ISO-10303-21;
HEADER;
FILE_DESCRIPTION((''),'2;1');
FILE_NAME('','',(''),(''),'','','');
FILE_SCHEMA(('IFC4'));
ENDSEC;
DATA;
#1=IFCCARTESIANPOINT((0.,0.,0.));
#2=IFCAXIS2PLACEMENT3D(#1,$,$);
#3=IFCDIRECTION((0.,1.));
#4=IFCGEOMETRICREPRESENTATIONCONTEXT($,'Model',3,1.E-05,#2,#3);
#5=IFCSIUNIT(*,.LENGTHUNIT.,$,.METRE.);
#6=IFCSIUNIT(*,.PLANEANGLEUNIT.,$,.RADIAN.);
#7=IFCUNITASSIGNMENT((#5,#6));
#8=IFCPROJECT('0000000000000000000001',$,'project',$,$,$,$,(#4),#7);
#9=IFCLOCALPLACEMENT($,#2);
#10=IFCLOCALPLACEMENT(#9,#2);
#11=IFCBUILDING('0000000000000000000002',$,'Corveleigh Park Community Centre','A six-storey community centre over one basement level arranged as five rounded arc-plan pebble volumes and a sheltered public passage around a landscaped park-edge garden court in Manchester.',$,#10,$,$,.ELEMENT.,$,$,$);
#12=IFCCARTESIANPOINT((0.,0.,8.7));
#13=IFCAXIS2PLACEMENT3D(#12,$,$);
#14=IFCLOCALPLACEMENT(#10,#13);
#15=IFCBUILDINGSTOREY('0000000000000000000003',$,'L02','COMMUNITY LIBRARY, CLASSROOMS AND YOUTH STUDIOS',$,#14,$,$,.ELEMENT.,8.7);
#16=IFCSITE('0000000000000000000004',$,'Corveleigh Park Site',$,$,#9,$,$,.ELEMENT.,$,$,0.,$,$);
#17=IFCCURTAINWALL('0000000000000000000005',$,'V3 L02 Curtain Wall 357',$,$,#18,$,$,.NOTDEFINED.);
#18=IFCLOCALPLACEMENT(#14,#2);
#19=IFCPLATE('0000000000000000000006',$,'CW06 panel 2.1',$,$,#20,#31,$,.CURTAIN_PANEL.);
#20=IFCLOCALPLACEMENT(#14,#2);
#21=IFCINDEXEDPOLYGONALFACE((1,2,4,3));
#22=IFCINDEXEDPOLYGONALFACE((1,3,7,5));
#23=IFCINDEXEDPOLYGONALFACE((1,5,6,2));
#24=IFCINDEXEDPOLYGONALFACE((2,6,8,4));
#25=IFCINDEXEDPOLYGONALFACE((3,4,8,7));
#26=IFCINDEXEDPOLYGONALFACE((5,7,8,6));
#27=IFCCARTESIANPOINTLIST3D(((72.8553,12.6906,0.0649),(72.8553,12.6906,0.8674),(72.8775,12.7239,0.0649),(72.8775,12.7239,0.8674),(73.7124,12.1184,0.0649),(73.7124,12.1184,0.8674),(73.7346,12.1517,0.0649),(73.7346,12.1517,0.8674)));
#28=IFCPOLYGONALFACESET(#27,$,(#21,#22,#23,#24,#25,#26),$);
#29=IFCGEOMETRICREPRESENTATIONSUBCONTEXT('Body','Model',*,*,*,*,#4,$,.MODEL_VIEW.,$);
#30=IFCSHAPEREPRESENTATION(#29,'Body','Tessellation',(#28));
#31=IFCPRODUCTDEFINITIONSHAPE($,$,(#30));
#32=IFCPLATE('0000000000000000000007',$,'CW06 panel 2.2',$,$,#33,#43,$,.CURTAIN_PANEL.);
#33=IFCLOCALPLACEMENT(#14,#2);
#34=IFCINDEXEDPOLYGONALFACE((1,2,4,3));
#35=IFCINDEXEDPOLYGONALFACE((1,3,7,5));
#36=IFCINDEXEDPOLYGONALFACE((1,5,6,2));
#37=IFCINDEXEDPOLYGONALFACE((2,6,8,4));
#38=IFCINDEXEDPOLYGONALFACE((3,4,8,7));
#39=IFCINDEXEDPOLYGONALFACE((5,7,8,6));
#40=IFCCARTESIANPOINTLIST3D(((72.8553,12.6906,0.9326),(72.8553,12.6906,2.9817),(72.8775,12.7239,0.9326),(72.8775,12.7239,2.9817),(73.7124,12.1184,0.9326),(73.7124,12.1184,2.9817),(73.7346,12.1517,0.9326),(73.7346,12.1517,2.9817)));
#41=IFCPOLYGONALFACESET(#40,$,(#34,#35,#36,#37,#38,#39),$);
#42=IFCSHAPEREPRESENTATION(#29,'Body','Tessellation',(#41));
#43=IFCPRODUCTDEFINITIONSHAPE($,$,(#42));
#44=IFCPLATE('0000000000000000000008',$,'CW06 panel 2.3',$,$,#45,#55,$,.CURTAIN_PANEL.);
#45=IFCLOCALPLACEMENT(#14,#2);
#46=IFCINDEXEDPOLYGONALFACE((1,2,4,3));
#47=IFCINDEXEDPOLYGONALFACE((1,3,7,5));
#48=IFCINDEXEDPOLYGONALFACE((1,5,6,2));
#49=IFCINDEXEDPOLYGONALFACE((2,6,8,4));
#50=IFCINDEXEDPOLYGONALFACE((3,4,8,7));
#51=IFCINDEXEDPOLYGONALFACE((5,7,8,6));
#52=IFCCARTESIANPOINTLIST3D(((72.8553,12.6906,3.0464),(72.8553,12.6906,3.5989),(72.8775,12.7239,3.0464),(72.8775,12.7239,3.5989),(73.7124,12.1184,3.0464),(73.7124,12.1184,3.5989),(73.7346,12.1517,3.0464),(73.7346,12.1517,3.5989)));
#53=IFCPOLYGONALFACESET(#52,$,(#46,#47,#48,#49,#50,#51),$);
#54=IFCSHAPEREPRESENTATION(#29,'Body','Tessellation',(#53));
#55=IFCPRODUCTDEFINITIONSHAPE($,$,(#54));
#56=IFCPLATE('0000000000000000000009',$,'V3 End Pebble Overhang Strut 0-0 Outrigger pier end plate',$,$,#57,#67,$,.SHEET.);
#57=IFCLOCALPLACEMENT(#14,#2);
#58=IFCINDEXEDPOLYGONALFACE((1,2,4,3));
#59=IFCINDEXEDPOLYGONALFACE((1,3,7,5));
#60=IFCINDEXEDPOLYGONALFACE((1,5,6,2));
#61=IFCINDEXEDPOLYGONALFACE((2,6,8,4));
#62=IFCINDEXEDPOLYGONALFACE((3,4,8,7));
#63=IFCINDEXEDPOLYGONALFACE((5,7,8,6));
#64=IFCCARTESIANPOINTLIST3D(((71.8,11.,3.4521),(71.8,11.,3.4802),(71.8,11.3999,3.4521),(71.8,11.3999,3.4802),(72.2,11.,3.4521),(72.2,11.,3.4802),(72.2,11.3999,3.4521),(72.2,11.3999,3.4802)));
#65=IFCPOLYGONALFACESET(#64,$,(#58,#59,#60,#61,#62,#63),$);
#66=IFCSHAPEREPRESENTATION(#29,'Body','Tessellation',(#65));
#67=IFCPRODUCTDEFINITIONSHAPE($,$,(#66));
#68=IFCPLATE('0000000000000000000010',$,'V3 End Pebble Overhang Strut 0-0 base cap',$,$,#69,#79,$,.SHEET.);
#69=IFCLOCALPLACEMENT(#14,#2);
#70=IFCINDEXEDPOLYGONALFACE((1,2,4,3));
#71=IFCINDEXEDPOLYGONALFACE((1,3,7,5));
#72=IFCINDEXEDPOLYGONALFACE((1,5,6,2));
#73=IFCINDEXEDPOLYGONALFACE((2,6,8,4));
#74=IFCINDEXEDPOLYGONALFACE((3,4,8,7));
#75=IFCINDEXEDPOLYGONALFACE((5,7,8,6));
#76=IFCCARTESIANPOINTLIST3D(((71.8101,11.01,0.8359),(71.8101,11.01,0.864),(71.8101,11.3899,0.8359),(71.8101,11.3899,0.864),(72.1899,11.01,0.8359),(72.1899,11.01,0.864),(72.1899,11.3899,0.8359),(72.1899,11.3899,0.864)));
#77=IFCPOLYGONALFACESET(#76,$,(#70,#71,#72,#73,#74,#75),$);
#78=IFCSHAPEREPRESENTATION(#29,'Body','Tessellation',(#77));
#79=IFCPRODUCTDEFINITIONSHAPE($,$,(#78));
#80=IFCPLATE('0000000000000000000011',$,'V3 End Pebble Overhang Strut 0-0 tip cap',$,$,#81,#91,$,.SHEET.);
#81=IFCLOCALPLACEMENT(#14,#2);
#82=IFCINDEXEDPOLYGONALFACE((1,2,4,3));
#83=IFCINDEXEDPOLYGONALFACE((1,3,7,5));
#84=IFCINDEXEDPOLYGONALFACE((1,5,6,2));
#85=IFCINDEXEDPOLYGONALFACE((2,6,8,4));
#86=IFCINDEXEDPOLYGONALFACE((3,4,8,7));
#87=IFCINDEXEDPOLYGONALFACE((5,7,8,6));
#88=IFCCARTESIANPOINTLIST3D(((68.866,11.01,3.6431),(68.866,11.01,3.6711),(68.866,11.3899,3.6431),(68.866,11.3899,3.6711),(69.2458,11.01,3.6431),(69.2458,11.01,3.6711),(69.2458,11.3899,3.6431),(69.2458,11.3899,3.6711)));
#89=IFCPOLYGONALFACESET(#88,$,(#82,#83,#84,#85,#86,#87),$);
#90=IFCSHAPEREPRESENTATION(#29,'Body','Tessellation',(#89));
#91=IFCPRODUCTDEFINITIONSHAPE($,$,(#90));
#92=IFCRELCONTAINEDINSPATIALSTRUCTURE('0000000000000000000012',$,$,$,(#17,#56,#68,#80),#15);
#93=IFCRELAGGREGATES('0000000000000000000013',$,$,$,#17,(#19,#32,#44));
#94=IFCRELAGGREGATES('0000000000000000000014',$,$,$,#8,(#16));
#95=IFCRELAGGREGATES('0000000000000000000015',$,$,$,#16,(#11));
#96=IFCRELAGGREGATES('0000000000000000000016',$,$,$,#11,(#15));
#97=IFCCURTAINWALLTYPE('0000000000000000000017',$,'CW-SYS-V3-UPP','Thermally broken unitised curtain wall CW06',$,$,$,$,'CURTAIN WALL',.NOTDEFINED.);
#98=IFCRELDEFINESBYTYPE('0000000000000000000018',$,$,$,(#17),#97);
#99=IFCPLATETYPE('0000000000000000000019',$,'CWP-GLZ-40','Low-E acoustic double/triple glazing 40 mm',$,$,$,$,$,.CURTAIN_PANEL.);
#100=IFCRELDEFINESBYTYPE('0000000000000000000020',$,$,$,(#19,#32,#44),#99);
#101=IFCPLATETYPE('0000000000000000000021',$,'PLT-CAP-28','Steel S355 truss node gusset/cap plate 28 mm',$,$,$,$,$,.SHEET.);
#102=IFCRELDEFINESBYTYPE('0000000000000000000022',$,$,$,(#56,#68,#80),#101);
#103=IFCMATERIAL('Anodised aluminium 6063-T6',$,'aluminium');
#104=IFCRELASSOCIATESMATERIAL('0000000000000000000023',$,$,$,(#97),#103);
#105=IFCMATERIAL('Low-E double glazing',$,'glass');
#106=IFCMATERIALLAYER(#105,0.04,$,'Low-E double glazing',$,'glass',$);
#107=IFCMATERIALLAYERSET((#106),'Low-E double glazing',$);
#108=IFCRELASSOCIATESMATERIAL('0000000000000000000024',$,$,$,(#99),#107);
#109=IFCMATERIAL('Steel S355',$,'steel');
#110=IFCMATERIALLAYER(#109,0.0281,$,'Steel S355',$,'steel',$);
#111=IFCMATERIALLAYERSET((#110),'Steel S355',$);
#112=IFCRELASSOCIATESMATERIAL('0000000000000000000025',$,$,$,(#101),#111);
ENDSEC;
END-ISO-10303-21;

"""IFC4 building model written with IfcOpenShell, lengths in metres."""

from ifc_helpers import new_model, si_unit, direction, frame, origin, origin_2d, place, context, subcontext, project, spatial, rectangle, extrude, material, layer, layer_set, type_object, element, aggregate, save


model = new_model("IFC4")

# Units and contexts
model_context = context("Model", 3, precision=1e-05, world=origin(), true_north=direction((0.0, 1.0)))
body_context = subcontext(model_context, "Body", "Model", "MODEL_VIEW")
ifc_project = project(units=[si_unit("LENGTHUNIT", "METRE"), si_unit("PLANEANGLEUNIT", "RADIAN")], contexts=[model_context])

# Site, building, storey
site_placement = place(None, origin())
site = spatial("IfcSite", under=ifc_project, at=site_placement, Name="Corveleigh Park Site", CompositionType="ELEMENT", RefElevation=0.0)
building_placement = place(site_placement, origin())
building = spatial("IfcBuilding", under=site, at=building_placement, Name="Corveleigh Park Community Centre", Description="A six-storey community centre over one basement level arranged as five rounded arc-plan pebble volumes and a sheltered public passage around a landscaped park-edge garden court in Manchester.", CompositionType="ELEMENT")
storey_placement = place(building_placement, frame((0.0, 0.0, 8.7)))
storey = spatial("IfcBuildingStorey", under=building, at=storey_placement, Name="L02", Description="COMMUNITY LIBRARY, CLASSROOMS AND YOUTH STUDIOS", CompositionType="ELEMENT", Elevation=8.7)

# Shared definitions
ifc_material_1 = material(Name="Steel S355", Category="steel")

# Shared definitions
ifc_material_2 = material(Name="Anodised aluminium 6063-T6", Category="aluminium")
curtain_wall_type = type_object("IfcCurtainWallType", Name="CW-SYS-V3-UPP", Description="Thermally broken unitised curtain wall CW06", ElementType="CURTAIN WALL", PredefinedType="NOTDEFINED", material=ifc_material_2)

# Curtain wall
curtain_wall_1_placement = place(storey_placement, origin())
curtain_wall_1 = element("IfcCurtainWall", 1, at=curtain_wall_1_placement, inside=storey, type_object=curtain_wall_type, Name="V3 L02 Curtain Wall 357", PredefinedType="NOTDEFINED")

# Plates
ifc_material_3 = material(Name="Low-E double glazing", Category="glass")
ifc_layer_1 = layer(ifc_material_3, 0.04, Name="Low-E double glazing", Category="glass")
ifc_layer_set_1 = layer_set([ifc_layer_1], Name="Low-E double glazing")
plate_type_1 = type_object("IfcPlateType", Name="CWP-GLZ-40", Description="Low-E acoustic double/triple glazing 40 mm", PredefinedType="CURTAIN_PANEL", material=ifc_layer_set_1)
plate_1_placement = place(storey_placement, frame((73.2949, 12.4211, 0.0649), z_axis=(0.0, 0.0, 1.0), x_axis=(-0.831711, 0.555208, 0.0)))
plate_1 = element("IfcPlate", 2, at=plate_1_placement, type_object=plate_type_1, Name="CW06 panel 2.1", PredefinedType="CURTAIN_PANEL", context=body_context, shape_type="SweptSolid", body=[
    extrude(rectangle(XDim=1.0305, YDim=0.04, at=origin_2d()), origin(), (0.0, 0.0, 1.0), 0.8025),
])
plate_2_placement = place(storey_placement, frame((73.2949, 12.4211, 0.9326), z_axis=(0.0, 0.0, 1.0), x_axis=(-0.831711, 0.555208, 0.0)))
plate_2 = element("IfcPlate", 3, at=plate_2_placement, type_object=plate_type_1, Name="CW06 panel 2.2", PredefinedType="CURTAIN_PANEL", context=body_context, shape_type="SweptSolid", body=[
    extrude(rectangle(XDim=1.0305, YDim=0.04, at=origin_2d()), origin(), (0.0, 0.0, 1.0), 2.0491),
])
plate_3_placement = place(storey_placement, frame((73.2949, 12.4211, 3.0464), z_axis=(0.0, 0.0, 1.0), x_axis=(-0.831711, 0.555208, 0.0)))
plate_3 = element("IfcPlate", 4, at=plate_3_placement, type_object=plate_type_1, Name="CW06 panel 2.3", PredefinedType="CURTAIN_PANEL", context=body_context, shape_type="SweptSolid", body=[
    extrude(rectangle(XDim=1.0305, YDim=0.04, at=origin_2d()), origin(), (0.0, 0.0, 1.0), 0.5525),
])
aggregate(curtain_wall_1, [plate_1, plate_2, plate_3])

# Plates
ifc_layer_2 = layer(ifc_material_1, 0.0281, Name="Steel S355", Category="steel")
ifc_layer_set_2 = layer_set([ifc_layer_2], Name="Steel S355")
plate_type_2 = type_object("IfcPlateType", Name="PLT-CAP-28", Description="Steel S355 truss node gusset/cap plate 28 mm", PredefinedType="SHEET", material=ifc_layer_set_2)
plate_4_placement = place(storey_placement, frame((72.0, 11.2, 3.4521), z_axis=(0.0, 0.0, 1.0), x_axis=(1.0, 0.0, 0.0)))
element("IfcPlate", 5, at=plate_4_placement, inside=storey, type_object=plate_type_2, Name="V3 End Pebble Overhang Strut 0-0 Outrigger pier end plate", PredefinedType="SHEET", context=body_context, shape_type="SweptSolid", body=[
    extrude(rectangle(XDim=0.3999, YDim=0.3999, at=origin_2d()), origin(), (0.0, 0.0, 1.0), 0.0281),
])
for number, where, z_axis, x_axis, name in (
    (6, (72.0, 11.2, 0.8359), (0.0, 0.0, 1.0), (1.0, 0.0, 0.0), "V3 End Pebble Overhang Strut 0-0 base cap"),
    (7, (69.0559, 11.2, 3.6431), (0.0, 0.0, 1.0), (1.0, 0.0, 0.0), "V3 End Pebble Overhang Strut 0-0 tip cap"),
):
    element("IfcPlate", number, at=place(storey_placement, frame(where, z_axis=z_axis, x_axis=x_axis)), inside=storey, type_object=plate_type_2, Name=name, PredefinedType="SHEET", context=body_context, shape_type="SweptSolid", body=[
        extrude(rectangle(XDim=0.3799, YDim=0.3799, at=origin_2d()), origin(), (0.0, 0.0, 1.0), 0.0281),
    ])

save(model, "model.ifc")
